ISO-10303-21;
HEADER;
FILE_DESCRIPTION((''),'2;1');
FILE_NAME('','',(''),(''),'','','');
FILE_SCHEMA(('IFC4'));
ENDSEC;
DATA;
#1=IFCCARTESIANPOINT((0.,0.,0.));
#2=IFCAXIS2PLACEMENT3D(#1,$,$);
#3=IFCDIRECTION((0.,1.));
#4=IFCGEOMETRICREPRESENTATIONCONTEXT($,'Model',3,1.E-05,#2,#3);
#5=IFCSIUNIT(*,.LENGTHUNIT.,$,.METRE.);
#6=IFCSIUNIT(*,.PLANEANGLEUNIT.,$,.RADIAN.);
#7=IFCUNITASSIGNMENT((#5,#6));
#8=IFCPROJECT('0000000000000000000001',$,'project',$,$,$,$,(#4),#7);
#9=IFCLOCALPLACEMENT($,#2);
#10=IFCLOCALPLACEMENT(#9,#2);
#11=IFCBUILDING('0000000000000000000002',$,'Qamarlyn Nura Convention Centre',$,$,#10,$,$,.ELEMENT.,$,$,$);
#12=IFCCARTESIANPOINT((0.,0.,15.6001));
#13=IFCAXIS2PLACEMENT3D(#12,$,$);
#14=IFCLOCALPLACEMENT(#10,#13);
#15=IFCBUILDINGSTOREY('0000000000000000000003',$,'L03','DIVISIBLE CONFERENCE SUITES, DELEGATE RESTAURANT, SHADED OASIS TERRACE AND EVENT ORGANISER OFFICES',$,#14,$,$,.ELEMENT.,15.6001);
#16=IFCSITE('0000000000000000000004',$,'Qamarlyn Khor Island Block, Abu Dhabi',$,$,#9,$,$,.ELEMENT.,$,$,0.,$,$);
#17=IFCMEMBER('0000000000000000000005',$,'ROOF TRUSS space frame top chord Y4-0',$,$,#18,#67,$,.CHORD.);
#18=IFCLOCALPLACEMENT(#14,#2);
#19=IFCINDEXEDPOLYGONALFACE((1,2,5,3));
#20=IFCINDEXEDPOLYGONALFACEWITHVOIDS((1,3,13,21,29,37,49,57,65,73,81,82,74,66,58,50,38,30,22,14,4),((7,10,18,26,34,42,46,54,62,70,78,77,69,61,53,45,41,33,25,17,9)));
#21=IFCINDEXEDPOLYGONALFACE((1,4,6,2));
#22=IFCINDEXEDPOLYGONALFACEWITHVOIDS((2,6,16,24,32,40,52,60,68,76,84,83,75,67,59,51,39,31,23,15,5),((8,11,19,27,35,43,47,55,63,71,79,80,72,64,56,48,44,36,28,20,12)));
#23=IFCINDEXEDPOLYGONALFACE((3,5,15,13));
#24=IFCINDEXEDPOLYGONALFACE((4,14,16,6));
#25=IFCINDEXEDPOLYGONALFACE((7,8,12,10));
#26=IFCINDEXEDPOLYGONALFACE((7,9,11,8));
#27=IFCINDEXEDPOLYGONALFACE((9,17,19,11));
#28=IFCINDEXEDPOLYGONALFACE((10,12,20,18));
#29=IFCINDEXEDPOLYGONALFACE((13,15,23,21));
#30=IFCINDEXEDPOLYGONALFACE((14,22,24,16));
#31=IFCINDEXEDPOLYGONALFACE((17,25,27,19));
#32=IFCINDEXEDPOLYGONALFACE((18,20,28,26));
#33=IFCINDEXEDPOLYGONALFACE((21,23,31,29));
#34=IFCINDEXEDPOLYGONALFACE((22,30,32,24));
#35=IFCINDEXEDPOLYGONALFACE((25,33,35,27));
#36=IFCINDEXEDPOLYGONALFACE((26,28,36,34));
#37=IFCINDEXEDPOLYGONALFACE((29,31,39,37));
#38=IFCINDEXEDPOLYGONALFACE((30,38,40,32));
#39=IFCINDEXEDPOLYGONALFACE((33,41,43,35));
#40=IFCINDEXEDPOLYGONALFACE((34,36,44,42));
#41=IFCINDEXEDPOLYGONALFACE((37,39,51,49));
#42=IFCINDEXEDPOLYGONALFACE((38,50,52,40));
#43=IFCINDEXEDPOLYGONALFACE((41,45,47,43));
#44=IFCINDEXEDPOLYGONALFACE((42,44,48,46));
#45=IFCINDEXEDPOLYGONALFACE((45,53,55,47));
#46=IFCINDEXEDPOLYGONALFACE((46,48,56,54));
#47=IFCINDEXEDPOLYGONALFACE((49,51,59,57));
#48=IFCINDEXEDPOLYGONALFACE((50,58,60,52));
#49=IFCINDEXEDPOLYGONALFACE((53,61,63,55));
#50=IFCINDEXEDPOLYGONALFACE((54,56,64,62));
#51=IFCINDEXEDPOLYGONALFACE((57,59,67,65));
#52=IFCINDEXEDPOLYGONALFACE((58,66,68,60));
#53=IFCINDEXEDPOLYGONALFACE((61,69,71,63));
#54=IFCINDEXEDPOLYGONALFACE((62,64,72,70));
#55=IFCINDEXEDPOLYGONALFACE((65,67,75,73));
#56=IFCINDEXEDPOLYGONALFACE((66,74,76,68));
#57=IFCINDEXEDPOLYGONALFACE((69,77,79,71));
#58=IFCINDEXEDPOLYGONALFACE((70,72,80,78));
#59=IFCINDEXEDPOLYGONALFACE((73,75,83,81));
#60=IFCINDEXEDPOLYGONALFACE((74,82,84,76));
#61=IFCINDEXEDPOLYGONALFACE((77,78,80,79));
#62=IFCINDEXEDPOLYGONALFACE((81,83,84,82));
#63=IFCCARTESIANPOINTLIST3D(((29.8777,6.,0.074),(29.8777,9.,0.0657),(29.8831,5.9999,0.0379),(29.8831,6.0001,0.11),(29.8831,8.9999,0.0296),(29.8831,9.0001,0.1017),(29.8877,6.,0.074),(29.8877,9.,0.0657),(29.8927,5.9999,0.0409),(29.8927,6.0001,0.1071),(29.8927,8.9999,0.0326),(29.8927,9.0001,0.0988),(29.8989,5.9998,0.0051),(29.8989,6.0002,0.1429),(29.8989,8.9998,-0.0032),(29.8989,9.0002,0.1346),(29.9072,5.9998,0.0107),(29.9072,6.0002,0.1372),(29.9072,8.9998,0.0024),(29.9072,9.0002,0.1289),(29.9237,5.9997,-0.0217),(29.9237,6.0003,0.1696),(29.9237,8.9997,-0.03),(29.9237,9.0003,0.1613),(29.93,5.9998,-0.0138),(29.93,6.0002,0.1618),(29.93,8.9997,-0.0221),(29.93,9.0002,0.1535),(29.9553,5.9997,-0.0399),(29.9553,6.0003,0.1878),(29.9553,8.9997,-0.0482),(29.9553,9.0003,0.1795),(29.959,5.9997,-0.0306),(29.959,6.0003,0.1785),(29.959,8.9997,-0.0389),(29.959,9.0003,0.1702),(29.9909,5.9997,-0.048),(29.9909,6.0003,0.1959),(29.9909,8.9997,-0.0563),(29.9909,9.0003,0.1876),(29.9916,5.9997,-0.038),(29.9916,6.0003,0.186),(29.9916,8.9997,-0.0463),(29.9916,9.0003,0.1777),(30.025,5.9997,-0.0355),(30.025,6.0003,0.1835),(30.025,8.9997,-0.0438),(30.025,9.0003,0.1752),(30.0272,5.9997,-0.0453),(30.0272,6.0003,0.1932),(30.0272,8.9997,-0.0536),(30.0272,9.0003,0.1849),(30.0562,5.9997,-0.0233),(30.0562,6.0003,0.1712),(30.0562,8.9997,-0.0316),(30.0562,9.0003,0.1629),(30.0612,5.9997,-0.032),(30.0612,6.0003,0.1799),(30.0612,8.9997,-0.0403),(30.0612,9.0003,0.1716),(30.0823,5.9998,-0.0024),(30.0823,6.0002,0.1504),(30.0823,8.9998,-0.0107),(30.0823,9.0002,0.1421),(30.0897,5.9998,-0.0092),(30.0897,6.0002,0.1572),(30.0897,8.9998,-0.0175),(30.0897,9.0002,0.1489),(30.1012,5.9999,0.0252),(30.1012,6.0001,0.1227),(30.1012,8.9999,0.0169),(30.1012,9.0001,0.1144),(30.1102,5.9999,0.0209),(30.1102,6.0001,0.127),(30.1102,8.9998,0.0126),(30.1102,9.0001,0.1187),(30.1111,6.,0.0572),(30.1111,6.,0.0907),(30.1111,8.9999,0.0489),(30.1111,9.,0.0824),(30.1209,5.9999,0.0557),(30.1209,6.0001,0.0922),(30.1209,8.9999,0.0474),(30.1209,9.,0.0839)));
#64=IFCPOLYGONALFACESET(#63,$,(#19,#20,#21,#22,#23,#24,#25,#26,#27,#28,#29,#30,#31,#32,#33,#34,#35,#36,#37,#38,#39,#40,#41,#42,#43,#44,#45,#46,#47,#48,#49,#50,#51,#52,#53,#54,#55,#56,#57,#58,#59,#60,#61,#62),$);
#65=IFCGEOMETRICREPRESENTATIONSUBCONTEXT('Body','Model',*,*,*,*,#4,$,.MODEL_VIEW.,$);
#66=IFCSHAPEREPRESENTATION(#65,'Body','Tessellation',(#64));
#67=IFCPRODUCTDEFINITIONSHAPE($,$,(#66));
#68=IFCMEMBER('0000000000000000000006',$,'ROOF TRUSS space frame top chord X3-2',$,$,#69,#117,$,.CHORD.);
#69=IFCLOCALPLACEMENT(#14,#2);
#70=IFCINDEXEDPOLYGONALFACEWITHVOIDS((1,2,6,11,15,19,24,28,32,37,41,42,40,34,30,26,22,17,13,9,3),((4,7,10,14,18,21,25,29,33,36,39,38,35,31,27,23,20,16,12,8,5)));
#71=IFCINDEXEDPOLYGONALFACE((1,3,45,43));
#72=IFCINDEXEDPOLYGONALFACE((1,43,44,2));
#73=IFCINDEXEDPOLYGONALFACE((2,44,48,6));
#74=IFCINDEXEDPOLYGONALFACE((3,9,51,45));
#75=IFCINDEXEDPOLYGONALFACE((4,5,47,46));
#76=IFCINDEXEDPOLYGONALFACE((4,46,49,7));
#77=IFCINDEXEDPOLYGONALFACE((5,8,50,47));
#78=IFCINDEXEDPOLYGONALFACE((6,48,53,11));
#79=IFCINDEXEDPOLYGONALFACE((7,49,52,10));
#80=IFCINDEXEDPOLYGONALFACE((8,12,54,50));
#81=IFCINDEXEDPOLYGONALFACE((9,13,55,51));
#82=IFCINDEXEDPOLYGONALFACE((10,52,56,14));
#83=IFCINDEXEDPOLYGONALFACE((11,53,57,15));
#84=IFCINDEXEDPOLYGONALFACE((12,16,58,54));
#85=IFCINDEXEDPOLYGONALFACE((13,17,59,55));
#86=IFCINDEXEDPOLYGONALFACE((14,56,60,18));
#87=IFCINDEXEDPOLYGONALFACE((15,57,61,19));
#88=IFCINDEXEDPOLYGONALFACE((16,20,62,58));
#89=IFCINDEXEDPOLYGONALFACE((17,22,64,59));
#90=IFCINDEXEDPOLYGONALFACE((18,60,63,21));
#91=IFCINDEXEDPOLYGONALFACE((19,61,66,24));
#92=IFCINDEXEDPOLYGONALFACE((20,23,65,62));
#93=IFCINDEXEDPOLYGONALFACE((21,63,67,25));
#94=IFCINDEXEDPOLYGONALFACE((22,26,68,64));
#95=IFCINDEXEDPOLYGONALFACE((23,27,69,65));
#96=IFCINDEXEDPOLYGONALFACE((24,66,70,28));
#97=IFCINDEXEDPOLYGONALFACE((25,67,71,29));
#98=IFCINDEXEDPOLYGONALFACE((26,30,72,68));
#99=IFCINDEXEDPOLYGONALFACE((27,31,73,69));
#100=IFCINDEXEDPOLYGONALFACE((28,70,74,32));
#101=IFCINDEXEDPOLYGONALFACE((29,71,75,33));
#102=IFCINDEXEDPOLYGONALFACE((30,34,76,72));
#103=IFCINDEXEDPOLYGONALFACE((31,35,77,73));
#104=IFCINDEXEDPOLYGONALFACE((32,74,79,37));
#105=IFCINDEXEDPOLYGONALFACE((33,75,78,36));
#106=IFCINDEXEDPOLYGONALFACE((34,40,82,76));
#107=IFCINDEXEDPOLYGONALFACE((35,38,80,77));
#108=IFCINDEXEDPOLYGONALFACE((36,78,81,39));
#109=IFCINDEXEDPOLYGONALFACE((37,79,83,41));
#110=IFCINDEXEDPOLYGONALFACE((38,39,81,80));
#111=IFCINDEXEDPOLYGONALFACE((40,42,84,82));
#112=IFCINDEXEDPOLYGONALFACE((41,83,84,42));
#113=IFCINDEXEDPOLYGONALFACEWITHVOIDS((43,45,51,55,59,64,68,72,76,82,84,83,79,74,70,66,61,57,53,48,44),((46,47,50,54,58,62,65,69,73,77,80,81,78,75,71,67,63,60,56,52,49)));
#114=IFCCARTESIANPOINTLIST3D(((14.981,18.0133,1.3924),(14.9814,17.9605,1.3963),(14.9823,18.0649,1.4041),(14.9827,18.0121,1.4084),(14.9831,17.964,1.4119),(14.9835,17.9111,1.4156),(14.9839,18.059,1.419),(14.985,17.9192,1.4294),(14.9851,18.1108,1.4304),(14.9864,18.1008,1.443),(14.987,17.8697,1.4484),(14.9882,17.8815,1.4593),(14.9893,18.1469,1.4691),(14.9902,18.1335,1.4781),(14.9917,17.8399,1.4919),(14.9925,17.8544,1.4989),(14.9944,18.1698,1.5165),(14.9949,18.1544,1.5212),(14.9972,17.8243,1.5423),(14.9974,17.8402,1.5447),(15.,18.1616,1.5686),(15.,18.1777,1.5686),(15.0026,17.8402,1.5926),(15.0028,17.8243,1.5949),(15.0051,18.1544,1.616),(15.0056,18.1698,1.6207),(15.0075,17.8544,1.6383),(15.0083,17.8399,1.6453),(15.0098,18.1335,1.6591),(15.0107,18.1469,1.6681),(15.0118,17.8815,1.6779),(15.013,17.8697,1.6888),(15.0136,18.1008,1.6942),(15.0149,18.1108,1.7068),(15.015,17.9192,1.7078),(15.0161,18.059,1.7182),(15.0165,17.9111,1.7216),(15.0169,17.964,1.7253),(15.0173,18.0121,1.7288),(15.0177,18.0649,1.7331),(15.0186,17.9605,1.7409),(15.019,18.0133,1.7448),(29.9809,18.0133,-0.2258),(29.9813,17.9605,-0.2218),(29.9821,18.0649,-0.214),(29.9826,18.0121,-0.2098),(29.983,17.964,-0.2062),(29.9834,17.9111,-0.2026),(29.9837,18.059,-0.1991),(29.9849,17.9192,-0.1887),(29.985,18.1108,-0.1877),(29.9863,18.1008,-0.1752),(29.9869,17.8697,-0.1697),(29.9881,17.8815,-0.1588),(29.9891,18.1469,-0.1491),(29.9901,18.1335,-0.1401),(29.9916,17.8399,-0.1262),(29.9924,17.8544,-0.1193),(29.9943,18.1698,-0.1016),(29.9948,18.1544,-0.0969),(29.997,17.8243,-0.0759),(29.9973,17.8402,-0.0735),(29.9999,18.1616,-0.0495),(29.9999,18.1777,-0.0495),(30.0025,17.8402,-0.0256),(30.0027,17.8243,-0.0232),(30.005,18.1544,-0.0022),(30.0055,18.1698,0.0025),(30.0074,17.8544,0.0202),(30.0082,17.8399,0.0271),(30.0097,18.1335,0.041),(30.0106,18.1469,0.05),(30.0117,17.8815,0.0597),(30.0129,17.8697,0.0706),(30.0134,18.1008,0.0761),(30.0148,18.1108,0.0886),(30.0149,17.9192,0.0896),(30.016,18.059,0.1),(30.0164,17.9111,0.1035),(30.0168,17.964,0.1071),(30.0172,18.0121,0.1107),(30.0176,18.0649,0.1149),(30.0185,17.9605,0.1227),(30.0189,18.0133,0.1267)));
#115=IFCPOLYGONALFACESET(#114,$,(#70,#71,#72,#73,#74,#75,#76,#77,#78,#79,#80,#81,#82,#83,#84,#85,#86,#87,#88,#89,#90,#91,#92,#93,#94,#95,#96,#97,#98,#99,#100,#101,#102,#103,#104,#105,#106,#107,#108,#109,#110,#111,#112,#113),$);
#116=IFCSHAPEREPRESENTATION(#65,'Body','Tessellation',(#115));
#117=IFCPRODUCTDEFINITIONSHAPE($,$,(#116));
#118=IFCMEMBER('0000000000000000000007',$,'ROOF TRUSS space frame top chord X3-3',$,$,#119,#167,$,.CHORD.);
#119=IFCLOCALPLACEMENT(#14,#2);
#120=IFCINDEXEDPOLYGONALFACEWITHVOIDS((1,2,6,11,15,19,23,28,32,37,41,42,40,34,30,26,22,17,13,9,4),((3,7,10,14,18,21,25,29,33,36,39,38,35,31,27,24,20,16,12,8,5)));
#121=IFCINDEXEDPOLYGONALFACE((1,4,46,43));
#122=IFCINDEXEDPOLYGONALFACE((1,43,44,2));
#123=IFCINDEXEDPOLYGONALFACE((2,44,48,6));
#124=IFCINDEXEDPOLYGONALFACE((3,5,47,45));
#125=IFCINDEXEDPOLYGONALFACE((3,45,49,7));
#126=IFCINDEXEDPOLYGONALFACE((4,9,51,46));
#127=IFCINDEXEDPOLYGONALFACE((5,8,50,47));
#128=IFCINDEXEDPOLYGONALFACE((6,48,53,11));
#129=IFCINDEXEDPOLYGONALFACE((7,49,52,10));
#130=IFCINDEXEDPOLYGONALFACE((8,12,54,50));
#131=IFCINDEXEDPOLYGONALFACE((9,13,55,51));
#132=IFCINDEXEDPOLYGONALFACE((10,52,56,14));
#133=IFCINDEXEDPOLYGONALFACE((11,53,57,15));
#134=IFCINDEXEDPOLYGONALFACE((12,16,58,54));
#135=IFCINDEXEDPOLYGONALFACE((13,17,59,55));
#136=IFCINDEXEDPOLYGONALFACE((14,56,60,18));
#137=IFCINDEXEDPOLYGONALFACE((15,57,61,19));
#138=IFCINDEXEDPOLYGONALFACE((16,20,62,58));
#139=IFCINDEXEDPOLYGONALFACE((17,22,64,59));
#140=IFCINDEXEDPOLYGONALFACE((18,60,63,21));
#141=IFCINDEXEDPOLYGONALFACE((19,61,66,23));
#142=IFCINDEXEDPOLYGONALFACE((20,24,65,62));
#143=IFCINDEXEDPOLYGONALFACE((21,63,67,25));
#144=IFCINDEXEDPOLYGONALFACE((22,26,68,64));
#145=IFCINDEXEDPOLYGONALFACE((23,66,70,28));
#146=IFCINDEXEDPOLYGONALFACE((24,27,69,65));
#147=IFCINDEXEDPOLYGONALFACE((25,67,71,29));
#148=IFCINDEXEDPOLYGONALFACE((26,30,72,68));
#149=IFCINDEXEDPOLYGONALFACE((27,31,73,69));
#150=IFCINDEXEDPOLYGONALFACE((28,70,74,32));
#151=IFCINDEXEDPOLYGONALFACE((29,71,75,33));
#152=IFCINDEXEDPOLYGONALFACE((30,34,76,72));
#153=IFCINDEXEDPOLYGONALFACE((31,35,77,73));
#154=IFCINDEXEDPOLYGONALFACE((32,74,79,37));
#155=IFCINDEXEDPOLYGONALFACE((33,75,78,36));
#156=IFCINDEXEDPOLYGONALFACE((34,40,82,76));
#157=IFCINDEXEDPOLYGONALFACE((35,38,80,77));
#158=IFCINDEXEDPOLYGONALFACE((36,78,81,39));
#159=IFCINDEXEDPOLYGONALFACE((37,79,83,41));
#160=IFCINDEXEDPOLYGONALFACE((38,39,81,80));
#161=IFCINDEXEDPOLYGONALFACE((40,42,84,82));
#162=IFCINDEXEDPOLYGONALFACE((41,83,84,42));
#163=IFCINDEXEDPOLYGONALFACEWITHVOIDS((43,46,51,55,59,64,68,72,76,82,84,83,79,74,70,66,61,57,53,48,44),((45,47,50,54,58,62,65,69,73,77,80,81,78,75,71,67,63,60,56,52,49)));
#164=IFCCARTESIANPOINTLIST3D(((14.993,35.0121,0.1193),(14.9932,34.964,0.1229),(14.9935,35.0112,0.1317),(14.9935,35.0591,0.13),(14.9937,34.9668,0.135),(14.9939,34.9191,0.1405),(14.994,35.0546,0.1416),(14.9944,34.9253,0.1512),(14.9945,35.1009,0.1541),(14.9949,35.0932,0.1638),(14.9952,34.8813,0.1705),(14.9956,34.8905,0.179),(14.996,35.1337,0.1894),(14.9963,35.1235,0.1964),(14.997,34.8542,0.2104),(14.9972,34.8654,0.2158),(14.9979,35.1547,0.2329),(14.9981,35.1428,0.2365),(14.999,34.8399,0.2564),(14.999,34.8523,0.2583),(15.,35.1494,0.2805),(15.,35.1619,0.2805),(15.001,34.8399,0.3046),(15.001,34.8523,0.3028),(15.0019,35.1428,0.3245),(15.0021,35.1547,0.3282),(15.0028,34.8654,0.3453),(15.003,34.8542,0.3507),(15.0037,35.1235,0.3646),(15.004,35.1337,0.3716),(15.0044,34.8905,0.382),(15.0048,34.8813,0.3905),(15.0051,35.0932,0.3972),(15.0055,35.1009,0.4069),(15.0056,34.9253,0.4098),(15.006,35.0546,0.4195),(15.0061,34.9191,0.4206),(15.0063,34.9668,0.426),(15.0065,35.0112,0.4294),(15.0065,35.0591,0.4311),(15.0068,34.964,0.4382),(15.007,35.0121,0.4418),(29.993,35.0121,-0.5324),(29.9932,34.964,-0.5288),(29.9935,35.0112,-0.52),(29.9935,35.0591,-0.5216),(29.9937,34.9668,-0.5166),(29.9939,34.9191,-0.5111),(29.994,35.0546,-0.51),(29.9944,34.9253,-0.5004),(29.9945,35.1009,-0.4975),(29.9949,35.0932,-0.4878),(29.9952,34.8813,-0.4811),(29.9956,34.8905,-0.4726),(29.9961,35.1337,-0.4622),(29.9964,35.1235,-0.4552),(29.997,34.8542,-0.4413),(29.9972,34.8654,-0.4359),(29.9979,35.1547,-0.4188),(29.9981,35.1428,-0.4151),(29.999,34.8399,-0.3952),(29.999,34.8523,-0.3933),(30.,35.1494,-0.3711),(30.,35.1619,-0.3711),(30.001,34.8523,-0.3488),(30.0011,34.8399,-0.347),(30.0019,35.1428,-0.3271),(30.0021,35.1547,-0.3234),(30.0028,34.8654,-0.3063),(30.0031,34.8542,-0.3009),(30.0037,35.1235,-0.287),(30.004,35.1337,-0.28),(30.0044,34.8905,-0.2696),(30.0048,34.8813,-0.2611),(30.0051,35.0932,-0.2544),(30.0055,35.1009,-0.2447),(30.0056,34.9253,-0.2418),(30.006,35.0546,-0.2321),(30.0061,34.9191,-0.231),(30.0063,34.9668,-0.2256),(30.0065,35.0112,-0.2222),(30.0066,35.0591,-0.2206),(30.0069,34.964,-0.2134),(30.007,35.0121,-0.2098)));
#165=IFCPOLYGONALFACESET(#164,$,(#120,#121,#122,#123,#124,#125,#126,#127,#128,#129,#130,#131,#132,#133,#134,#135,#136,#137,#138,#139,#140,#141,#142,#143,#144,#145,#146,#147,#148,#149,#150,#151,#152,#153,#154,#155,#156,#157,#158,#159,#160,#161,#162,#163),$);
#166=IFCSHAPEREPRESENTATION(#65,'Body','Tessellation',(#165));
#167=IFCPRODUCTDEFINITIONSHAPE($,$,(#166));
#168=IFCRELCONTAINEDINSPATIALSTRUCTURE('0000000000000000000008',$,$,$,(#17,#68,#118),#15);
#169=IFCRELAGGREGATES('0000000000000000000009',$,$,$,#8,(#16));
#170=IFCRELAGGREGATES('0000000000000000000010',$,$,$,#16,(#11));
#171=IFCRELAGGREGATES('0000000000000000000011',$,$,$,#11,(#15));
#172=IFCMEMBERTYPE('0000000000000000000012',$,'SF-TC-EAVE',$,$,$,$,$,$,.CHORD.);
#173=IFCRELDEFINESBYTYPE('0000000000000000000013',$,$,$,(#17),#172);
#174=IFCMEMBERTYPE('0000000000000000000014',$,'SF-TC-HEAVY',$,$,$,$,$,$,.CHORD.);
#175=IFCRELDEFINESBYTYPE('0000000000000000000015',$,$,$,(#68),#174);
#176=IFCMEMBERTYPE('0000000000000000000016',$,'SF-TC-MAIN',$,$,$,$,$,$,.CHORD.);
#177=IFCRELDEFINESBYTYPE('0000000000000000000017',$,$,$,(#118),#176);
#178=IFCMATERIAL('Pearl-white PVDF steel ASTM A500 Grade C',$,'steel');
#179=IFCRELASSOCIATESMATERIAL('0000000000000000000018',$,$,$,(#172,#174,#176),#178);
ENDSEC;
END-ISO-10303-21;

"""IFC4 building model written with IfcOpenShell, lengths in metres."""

from ifc_helpers import new_model, si_unit, direction, frame, origin, origin_2d, place, context, subcontext, project, spatial, hollow_circle, extrude, material, material_profile, profile_set, type_object, element, save


model = new_model("IFC4")

# Units and contexts
model_context = context("Model", 3, precision=1e-05, world=origin(), true_north=direction((0.0, 1.0)))
body_context = subcontext(model_context, "Body", "Model", "MODEL_VIEW")
ifc_project = project(units=[si_unit("LENGTHUNIT", "METRE"), si_unit("PLANEANGLEUNIT", "RADIAN")], contexts=[model_context])

# Site, building, storey
site_placement = place(None, origin())
site = spatial("IfcSite", under=ifc_project, at=site_placement, Name="Qamarlyn Khor Island Block, Abu Dhabi", CompositionType="ELEMENT", RefElevation=0.0)
building_placement = place(site_placement, origin())
building = spatial("IfcBuilding", under=site, at=building_placement, Name="Qamarlyn Nura Convention Centre", CompositionType="ELEMENT")
storey_placement = place(building_placement, frame((0.0, 0.0, 15.6001)))
storey = spatial("IfcBuildingStorey", under=building, at=storey_placement, Name="L03", Description="DIVISIBLE CONFERENCE SUITES, DELEGATE RESTAURANT, SHADED OASIS TERRACE AND EVENT ORGANISER OFFICES", CompositionType="ELEMENT", Elevation=15.6001)

# Members
ifc_material_1 = material(Name="Pearl-white PVDF steel ASTM A500 Grade C", Category="steel")
ifc_material_profile_1 = material_profile(ifc_material_1, hollow_circle(Radius=0.1223, WallThickness=0.01, at=origin_2d()), Name="CHS244.5X10")
ifc_profile_set_1 = profile_set([ifc_material_profile_1], Name="Pearl-white PVDF steel ASTM A500 Grade C")
member_type_1 = type_object("IfcMemberType", Name="SF-TC-EAVE", PredefinedType="CHORD", material=ifc_profile_set_1)
member_1_placement = place(storey_placement, frame((30.0, 6.0, 0.074), z_axis=(0.0, 0.999996, -0.002767), x_axis=(-1.0, 0.0, 0.0)))
element("IfcMember", 1, at=member_1_placement, inside=storey, type_object=member_type_1, Name="ROOF TRUSS space frame top chord Y4-0", PredefinedType="CHORD", context=body_context, shape_type="SweptSolid", body=[
    extrude(hollow_circle(Radius=0.1223, WallThickness=0.01, at=origin_2d()), origin(), (0.0, 0.0, 1.0), 3.0),
])
ifc_material_profile_2 = material_profile(ifc_material_1, hollow_circle(Radius=0.1777, WallThickness=0.0161, at=origin_2d()), Name="CHS355.6X16")
ifc_profile_set_2 = profile_set([ifc_material_profile_2], Name="Pearl-white PVDF steel ASTM A500 Grade C")
member_type_2 = type_object("IfcMemberType", Name="SF-TC-HEAVY", PredefinedType="CHORD", material=ifc_profile_set_2)
member_2_placement = place(storey_placement, frame((15.0, 18.0, 1.5686), z_axis=(0.994232, 0.0, -0.107255), x_axis=(0.0, 1.0, 0.0)))
element("IfcMember", 2, at=member_2_placement, inside=storey, type_object=member_type_2, Name="ROOF TRUSS space frame top chord X3-2", PredefinedType="CHORD", context=body_context, shape_type="SweptSolid", body=[
    extrude(hollow_circle(Radius=0.1777, WallThickness=0.0161, at=origin_2d()), origin(), (0.0, 0.0, 1.0), 15.0869),
])
ifc_material_profile_3 = material_profile(ifc_material_1, hollow_circle(Radius=0.1619, WallThickness=0.0125, at=origin_2d()), Name="CHS323.9X12.5")
ifc_profile_set_3 = profile_set([ifc_material_profile_3], Name="Pearl-white PVDF steel ASTM A500 Grade C")
member_type_3 = type_object("IfcMemberType", Name="SF-TC-MAIN", PredefinedType="CHORD", material=ifc_profile_set_3)
member_3_placement = place(storey_placement, frame((15.0, 35.0, 0.2805), z_axis=(0.999058, 0.0, -0.0434), x_axis=(0.0, 1.0, 0.0)))
element("IfcMember", 3, at=member_3_placement, inside=storey, type_object=member_type_3, Name="ROOF TRUSS space frame top chord X3-3", PredefinedType="CHORD", context=body_context, shape_type="SweptSolid", body=[
    extrude(hollow_circle(Radius=0.1619, WallThickness=0.0125, at=origin_2d()), origin(), (0.0, 0.0, 1.0), 15.0142),
])

save(model, "model.ifc")
